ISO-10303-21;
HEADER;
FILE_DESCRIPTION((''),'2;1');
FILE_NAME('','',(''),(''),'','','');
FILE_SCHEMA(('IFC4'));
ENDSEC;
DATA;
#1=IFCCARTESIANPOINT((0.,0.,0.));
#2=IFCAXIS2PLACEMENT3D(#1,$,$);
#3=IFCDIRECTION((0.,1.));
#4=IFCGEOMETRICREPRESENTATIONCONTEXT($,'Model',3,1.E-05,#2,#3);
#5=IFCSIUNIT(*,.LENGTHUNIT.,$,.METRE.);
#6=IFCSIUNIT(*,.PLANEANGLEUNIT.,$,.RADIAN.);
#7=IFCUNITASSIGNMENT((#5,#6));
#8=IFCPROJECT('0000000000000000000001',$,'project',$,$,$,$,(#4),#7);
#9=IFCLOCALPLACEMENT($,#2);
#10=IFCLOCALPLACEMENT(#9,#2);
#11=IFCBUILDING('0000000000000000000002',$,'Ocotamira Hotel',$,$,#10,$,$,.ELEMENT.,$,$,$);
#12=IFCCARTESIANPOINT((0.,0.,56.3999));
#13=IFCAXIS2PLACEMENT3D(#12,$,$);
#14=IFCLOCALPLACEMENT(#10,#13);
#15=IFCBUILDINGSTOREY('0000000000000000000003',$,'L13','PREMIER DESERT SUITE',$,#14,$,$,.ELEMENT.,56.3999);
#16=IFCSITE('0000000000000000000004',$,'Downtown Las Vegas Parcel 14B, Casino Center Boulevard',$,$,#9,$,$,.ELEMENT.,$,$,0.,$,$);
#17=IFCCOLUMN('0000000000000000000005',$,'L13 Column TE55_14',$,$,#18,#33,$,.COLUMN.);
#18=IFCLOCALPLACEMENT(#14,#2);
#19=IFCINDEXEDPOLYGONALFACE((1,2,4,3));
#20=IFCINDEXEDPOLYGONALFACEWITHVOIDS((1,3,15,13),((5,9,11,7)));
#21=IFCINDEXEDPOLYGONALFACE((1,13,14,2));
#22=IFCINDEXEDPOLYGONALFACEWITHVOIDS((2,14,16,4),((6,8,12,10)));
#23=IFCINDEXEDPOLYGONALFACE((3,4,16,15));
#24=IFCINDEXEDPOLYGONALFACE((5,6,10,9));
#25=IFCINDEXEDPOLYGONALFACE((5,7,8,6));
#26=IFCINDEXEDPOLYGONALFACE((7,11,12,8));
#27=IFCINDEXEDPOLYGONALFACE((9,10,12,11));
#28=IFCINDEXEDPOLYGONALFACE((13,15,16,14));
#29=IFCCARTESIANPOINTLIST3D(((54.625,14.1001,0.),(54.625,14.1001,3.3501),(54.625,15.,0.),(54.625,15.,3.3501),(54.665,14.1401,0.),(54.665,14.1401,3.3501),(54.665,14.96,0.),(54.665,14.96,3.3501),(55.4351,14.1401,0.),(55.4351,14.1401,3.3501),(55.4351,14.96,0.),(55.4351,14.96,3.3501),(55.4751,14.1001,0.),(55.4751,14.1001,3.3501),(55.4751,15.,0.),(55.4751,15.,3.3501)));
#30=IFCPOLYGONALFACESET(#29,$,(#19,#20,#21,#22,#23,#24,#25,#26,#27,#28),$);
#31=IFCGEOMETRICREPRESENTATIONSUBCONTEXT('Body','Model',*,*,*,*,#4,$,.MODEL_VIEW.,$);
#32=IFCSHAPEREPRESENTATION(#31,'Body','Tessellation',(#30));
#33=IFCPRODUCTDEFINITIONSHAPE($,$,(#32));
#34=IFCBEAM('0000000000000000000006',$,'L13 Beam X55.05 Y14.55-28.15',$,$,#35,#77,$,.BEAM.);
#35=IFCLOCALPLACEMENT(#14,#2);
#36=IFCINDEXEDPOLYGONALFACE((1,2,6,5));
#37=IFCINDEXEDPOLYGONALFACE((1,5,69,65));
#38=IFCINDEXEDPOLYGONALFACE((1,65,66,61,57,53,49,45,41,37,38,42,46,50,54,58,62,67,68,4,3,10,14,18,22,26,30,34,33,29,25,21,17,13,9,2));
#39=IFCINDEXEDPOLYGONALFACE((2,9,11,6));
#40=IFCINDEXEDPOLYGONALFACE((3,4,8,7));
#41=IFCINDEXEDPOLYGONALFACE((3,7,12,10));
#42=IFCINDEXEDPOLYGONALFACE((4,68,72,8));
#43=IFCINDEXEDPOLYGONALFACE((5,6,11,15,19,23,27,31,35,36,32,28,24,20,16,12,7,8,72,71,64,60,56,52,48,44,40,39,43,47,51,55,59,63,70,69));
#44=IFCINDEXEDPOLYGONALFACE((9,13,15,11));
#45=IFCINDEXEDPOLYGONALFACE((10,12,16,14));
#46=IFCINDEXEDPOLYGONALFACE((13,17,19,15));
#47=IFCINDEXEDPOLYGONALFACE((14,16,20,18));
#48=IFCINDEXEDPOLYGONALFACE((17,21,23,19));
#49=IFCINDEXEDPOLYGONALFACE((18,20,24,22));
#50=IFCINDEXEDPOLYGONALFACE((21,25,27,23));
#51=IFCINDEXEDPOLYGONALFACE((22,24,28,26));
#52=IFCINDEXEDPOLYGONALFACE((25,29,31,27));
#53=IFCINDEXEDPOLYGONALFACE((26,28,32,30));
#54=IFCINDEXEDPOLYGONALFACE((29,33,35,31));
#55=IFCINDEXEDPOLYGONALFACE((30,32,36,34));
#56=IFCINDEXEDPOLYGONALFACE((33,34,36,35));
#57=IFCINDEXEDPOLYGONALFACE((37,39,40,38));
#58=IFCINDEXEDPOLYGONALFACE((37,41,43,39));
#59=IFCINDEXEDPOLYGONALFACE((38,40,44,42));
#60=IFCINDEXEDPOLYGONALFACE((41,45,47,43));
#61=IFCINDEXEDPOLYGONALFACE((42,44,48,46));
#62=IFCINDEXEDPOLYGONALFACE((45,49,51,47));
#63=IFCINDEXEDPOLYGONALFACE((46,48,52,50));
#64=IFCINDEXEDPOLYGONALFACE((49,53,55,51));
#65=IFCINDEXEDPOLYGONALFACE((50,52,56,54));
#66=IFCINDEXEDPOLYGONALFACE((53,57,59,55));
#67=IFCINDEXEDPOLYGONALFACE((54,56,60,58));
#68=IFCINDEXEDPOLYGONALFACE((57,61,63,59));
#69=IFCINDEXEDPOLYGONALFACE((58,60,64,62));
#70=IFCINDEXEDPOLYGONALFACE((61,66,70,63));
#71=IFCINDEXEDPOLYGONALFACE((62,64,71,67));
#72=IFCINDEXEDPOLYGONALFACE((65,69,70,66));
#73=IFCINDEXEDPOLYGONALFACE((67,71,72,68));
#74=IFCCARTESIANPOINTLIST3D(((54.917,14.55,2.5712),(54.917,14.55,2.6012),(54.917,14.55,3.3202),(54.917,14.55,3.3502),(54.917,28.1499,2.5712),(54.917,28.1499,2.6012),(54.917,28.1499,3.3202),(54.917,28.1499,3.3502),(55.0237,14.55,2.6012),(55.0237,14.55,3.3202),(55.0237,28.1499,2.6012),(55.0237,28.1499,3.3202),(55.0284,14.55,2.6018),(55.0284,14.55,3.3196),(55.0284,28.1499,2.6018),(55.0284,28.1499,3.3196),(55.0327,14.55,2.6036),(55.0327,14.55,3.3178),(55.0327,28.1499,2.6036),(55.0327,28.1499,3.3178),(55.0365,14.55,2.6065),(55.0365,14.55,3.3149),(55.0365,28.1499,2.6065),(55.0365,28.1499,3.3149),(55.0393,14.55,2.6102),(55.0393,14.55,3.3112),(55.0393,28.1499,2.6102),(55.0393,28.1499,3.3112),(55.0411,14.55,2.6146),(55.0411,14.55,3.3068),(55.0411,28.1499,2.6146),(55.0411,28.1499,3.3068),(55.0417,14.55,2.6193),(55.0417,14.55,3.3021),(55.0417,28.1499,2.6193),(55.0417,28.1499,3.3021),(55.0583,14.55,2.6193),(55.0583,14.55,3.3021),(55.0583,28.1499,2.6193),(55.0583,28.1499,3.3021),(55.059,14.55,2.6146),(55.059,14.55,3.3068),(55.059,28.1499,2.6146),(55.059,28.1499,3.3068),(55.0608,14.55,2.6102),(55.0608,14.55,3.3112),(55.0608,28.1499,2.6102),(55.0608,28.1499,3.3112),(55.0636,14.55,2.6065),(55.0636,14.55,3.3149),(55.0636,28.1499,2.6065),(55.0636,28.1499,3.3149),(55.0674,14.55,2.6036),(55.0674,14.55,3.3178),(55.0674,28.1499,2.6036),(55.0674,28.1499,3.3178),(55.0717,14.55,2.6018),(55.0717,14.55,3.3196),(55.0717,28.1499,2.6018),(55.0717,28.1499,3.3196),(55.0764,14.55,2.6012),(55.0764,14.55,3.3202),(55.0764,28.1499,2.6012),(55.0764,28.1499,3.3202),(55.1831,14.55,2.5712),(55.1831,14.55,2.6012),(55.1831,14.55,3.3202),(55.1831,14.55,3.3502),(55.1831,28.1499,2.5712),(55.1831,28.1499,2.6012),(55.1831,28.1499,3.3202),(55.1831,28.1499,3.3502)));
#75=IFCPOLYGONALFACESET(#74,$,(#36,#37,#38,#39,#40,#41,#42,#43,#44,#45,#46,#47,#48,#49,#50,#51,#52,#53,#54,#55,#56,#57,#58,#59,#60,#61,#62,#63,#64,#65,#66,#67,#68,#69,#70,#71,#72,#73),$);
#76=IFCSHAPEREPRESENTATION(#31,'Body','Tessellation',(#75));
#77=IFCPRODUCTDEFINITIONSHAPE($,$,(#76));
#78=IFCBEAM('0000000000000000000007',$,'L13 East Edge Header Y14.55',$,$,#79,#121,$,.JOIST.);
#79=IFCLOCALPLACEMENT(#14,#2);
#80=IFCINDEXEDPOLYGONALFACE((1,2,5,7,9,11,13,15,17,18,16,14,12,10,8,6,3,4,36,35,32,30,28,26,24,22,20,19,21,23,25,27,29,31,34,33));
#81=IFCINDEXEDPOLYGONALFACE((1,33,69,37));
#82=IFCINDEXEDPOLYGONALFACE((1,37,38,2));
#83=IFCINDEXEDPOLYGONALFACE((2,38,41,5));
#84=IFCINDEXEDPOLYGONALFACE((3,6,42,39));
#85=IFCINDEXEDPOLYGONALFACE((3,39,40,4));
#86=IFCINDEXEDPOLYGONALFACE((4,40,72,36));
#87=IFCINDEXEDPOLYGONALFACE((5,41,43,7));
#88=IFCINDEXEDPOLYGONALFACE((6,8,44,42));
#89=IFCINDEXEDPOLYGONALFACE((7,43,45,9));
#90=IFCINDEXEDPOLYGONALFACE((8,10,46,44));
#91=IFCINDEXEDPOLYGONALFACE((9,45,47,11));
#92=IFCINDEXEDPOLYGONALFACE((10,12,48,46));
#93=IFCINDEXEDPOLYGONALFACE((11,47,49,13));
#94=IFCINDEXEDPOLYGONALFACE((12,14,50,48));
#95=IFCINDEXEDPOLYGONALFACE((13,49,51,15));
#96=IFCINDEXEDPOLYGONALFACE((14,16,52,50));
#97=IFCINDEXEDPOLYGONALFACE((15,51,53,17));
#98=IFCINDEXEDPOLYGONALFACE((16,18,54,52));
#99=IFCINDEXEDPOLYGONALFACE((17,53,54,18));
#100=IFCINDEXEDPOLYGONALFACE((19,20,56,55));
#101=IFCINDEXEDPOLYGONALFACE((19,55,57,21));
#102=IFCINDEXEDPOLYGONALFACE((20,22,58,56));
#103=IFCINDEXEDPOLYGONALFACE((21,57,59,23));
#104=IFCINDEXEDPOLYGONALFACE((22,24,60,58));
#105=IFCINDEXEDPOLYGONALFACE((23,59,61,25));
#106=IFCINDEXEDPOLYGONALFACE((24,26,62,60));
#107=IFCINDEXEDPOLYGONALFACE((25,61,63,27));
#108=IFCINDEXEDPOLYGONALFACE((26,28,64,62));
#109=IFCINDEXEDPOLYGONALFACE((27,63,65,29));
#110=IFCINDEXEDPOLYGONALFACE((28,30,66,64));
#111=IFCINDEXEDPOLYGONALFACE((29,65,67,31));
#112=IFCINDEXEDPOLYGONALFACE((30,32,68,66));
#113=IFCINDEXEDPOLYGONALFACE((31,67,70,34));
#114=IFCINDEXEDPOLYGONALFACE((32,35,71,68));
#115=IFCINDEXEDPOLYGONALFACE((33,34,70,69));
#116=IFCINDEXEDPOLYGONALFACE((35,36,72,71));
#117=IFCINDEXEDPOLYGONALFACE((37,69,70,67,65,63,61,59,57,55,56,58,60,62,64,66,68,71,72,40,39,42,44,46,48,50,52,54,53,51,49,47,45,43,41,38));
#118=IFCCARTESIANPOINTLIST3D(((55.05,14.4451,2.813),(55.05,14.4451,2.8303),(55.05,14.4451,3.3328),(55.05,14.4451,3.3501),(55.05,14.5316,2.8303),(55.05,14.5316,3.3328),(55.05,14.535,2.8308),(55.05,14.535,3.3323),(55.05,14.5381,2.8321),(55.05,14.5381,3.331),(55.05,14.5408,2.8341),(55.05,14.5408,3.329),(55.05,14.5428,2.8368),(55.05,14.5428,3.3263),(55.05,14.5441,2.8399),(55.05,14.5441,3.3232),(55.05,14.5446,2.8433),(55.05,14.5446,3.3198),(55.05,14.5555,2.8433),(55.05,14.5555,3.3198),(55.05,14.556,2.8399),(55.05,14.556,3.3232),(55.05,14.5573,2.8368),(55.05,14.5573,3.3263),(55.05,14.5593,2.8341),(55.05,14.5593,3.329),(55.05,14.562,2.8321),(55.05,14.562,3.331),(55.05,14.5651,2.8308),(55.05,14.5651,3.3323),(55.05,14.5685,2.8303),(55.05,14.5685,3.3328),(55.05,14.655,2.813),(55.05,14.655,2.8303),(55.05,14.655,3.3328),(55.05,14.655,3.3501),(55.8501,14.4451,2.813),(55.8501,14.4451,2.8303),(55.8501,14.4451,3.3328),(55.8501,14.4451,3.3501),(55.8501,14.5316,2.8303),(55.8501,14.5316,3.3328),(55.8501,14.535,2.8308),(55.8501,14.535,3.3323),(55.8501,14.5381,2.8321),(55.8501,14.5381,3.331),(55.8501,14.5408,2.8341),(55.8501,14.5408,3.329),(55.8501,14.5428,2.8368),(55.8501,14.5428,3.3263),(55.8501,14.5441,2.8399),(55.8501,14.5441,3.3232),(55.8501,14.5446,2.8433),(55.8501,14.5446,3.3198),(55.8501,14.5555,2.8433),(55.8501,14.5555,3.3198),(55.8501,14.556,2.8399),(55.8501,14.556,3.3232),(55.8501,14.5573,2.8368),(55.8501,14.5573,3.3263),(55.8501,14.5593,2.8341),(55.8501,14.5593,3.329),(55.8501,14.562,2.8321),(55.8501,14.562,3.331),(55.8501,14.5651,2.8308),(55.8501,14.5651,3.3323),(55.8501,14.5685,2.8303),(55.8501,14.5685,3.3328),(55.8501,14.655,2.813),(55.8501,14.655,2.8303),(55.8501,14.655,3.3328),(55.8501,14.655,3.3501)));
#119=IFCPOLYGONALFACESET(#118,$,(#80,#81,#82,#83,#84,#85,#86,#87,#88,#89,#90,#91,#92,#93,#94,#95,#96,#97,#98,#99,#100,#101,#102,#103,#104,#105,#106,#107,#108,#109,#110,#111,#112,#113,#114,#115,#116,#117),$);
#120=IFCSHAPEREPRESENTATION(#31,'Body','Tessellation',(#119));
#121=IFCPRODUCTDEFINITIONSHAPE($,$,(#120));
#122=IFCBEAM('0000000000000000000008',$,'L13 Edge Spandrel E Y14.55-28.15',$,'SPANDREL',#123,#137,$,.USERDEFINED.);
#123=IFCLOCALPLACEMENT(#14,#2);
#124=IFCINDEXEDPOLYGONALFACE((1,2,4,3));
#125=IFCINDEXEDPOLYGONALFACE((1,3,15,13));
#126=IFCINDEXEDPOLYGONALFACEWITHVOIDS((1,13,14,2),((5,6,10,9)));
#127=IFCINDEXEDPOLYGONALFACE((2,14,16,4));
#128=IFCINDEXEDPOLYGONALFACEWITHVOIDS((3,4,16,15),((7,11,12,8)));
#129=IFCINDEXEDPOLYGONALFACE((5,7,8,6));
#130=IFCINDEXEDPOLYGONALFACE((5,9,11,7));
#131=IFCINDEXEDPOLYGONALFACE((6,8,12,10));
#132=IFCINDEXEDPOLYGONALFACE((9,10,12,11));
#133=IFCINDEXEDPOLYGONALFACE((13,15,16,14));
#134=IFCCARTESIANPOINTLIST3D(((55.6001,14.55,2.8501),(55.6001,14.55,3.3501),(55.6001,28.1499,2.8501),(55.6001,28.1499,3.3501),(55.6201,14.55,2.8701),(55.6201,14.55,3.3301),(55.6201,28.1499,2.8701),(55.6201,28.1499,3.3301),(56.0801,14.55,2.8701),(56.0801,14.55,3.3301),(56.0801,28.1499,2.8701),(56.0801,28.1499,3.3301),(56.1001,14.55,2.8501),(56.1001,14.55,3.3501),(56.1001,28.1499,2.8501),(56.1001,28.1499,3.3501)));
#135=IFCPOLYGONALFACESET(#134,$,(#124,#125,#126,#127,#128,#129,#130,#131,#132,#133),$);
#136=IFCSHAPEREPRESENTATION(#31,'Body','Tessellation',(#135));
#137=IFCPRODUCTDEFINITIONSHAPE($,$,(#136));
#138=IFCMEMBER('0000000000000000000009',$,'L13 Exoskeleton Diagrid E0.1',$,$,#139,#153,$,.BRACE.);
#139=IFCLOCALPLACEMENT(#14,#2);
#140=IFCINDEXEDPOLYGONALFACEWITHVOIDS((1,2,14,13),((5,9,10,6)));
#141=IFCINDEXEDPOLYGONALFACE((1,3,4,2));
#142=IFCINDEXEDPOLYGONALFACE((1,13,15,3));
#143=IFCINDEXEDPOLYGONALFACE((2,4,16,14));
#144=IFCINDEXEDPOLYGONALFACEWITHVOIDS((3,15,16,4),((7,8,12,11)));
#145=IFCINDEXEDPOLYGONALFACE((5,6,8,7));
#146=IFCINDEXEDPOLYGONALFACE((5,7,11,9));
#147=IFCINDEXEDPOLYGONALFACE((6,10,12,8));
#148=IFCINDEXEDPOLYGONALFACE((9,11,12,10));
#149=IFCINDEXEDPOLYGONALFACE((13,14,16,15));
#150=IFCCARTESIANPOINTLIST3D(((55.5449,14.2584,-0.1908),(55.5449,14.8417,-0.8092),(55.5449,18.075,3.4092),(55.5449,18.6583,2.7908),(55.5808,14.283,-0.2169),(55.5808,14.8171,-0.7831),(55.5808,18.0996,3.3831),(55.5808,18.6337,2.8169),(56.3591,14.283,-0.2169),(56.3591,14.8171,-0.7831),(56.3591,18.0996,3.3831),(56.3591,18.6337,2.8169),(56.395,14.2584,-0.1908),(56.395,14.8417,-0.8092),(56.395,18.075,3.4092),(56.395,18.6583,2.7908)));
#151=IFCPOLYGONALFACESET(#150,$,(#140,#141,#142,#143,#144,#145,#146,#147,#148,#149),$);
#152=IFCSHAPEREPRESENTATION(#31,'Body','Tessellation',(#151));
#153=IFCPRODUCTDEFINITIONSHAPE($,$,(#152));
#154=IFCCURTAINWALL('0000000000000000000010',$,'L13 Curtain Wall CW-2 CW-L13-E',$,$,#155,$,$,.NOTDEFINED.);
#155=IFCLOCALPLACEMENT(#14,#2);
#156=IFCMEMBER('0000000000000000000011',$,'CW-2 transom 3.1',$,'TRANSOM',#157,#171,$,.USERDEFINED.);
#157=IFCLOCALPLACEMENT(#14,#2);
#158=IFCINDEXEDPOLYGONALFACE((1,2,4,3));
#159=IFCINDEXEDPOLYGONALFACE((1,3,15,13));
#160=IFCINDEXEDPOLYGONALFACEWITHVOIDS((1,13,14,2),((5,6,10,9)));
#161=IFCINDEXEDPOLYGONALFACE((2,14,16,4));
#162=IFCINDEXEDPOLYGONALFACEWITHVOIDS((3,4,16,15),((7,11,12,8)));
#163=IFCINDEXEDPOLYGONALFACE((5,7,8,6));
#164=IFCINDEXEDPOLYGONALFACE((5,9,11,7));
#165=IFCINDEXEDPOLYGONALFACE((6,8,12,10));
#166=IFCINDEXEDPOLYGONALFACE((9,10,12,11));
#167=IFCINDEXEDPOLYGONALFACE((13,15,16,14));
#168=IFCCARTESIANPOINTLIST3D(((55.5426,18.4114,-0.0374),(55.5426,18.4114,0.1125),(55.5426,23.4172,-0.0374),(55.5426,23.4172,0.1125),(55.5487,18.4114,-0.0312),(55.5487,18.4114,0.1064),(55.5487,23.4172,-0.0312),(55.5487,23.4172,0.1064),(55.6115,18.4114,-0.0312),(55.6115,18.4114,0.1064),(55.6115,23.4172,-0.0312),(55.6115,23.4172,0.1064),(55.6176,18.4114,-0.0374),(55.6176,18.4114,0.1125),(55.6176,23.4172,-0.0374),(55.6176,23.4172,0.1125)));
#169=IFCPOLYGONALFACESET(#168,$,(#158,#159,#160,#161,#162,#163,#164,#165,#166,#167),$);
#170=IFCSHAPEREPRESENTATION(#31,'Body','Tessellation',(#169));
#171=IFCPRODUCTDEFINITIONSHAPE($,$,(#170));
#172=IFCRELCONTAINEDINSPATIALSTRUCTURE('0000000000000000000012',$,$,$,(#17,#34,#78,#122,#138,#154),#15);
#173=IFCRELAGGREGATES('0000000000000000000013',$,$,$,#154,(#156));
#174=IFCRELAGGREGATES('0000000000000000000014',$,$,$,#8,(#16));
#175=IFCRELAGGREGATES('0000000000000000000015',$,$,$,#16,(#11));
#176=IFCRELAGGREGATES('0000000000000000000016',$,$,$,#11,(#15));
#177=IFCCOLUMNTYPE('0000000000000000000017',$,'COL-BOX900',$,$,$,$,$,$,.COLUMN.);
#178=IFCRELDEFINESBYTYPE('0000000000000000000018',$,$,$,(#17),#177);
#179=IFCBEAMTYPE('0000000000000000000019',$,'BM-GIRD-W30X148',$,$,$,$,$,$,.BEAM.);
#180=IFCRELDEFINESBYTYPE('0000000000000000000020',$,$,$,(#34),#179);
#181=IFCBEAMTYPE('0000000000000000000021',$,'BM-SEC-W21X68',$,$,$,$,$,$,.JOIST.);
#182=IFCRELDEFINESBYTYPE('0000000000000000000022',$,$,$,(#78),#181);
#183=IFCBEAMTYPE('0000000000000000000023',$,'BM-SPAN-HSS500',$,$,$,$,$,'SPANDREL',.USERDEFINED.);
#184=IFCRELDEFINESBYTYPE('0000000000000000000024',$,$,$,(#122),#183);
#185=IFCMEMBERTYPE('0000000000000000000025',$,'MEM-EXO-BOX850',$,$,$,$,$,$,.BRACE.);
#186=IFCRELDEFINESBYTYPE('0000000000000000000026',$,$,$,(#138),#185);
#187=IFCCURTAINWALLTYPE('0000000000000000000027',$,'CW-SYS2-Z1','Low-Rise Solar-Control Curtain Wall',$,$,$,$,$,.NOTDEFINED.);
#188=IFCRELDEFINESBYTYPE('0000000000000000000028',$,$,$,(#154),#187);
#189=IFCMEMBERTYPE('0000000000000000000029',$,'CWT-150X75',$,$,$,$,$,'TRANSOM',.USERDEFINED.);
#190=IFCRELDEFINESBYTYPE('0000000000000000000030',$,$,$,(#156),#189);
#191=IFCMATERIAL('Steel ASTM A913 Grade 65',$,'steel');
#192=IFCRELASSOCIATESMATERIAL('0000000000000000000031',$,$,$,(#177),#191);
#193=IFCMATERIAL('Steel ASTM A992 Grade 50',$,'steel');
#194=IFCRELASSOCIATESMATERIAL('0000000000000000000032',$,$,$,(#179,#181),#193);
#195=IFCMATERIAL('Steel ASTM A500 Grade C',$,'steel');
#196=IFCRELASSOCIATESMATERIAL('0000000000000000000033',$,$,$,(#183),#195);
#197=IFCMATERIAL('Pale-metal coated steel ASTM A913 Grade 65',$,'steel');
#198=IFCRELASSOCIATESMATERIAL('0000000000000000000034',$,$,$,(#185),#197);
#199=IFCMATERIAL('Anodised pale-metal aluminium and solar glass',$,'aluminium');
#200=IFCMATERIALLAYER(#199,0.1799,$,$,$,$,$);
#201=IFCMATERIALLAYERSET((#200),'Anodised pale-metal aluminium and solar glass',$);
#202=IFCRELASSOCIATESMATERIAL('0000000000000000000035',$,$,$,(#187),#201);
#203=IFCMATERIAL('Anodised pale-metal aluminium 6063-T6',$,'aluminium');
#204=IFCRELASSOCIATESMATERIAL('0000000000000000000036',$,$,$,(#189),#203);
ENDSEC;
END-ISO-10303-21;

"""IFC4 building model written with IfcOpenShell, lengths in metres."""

from ifc_helpers import new_model, si_unit, direction, frame, origin, origin_2d, place, context, subcontext, project, spatial, hollow_rectangle, i_section, extrude, source, transform, mapped, material, layer, layer_set, material_profile, profile_set, type_object, element, aggregate, save


model = new_model("IFC4")

# Units and contexts
model_context = context("Model", 3, precision=1e-05, world=origin(), true_north=direction((0.0, 1.0)))
body_context = subcontext(model_context, "Body", "Model", "MODEL_VIEW")
ifc_project = project(units=[si_unit("LENGTHUNIT", "METRE"), si_unit("PLANEANGLEUNIT", "RADIAN")], contexts=[model_context])

# Site, building, storey
site_placement = place(None, origin())
site = spatial("IfcSite", under=ifc_project, at=site_placement, Name="Downtown Las Vegas Parcel 14B, Casino Center Boulevard", CompositionType="ELEMENT", RefElevation=0.0)
building_placement = place(site_placement, origin())
building = spatial("IfcBuilding", under=site, at=building_placement, Name="Ocotamira Hotel", CompositionType="ELEMENT")
storey_placement = place(building_placement, frame((0.0, 0.0, 56.3999)))
storey = spatial("IfcBuildingStorey", under=building, at=storey_placement, Name="L13", Description="PREMIER DESERT SUITE", CompositionType="ELEMENT", Elevation=56.3999)

# Column
ifc_material_1 = material(Name="Steel ASTM A913 Grade 65", Category="steel")
ifc_material_profile_1 = material_profile(ifc_material_1, hollow_rectangle(XDim=0.8501, YDim=0.8999, WallThickness=0.04, at=origin_2d()), Name="BOX900X850X40")
ifc_profile_set_1 = profile_set([ifc_material_profile_1], Name="Steel ASTM A913 Grade 65")
column_type = type_object("IfcColumnType", Name="COL-BOX900", PredefinedType="COLUMN", material=ifc_profile_set_1)
shared_shape_1 = source(origin(), body_context, "Body", "SweptSolid", [
    extrude(hollow_rectangle(XDim=0.8501, YDim=0.8999, WallThickness=0.04, at=origin_2d()), origin(), (0.0, 0.0, 1.0), 3.3501),
])
column_placement = place(storey_placement, frame((55.05, 14.55, 0.0), z_axis=(0.0, 0.0, 1.0), x_axis=(1.0, 0.0, 0.0)))
element("IfcColumn", 1, at=column_placement, inside=storey, type_object=column_type, Name="L13 Column TE55_14", PredefinedType="COLUMN", context=body_context, shape_type="MappedRepresentation", body=[
    mapped(shared_shape_1, transform((0.0, 0.0, 0.0), scale=1.0)),
])

# Beams
ifc_material_2 = material(Name="Steel ASTM A992 Grade 50", Category="steel")
ifc_material_profile_2 = material_profile(ifc_material_2, i_section(OverallWidth=0.2661, OverallDepth=0.7791, WebThickness=0.0166, FlangeThickness=0.03, FilletRadius=0.0181, at=origin_2d()), Name="W30X148")
ifc_profile_set_2 = profile_set([ifc_material_profile_2], Name="Steel ASTM A992 Grade 50")
beam_type_1 = type_object("IfcBeamType", Name="BM-GIRD-W30X148", PredefinedType="BEAM", material=ifc_profile_set_2)
shared_shape_2 = source(origin(), body_context, "Body", "SweptSolid", [
    extrude(i_section(OverallWidth=0.2661, OverallDepth=0.7791, WebThickness=0.0166, FlangeThickness=0.03, FilletRadius=0.0181, at=origin_2d()), origin(), (0.0, 0.0, 1.0), 13.5999),
])
beam_1_placement = place(storey_placement, frame((55.05, 14.55, 2.9607), z_axis=(0.0, 1.0, 0.0), x_axis=(-1.0, 0.0, 0.0)))
element("IfcBeam", 2, at=beam_1_placement, inside=storey, type_object=beam_type_1, Name="L13 Beam X55.05 Y14.55-28.15", PredefinedType="BEAM", context=body_context, shape_type="MappedRepresentation", body=[
    mapped(shared_shape_2, transform((0.0, 0.0, 0.0), scale=1.0)),
])
ifc_material_profile_3 = material_profile(ifc_material_2, i_section(OverallWidth=0.21, OverallDepth=0.5371, WebThickness=0.011, FlangeThickness=0.0173, FilletRadius=0.0129, at=origin_2d()), Name="W21X68")
ifc_profile_set_3 = profile_set([ifc_material_profile_3], Name="Steel ASTM A992 Grade 50")
beam_type_2 = type_object("IfcBeamType", Name="BM-SEC-W21X68", PredefinedType="JOIST", material=ifc_profile_set_3)
shared_shape_3 = source(origin(), body_context, "Body", "SweptSolid", [
    extrude(i_section(OverallWidth=0.21, OverallDepth=0.5371, WebThickness=0.011, FlangeThickness=0.0173, FilletRadius=0.0129, at=origin_2d()), origin(), (0.0, 0.0, 1.0), 0.8),
])
beam_2_placement = place(storey_placement, frame((55.05, 14.55, 3.0815), z_axis=(1.0, 0.0, 0.0), x_axis=(0.0, 1.0, 0.0)))
element("IfcBeam", 3, at=beam_2_placement, inside=storey, type_object=beam_type_2, Name="L13 East Edge Header Y14.55", PredefinedType="JOIST", context=body_context, shape_type="MappedRepresentation", body=[
    mapped(shared_shape_3, transform((0.0, 0.0, 0.0), scale=1.0)),
])
ifc_material_3 = material(Name="Steel ASTM A500 Grade C", Category="steel")
ifc_material_profile_4 = material_profile(ifc_material_3, hollow_rectangle(XDim=0.5, YDim=0.5, WallThickness=0.02, at=origin_2d()), Name="HSS500X500X20")
ifc_profile_set_4 = profile_set([ifc_material_profile_4], Name="Steel ASTM A500 Grade C")
beam_type_3 = type_object("IfcBeamType", Name="BM-SPAN-HSS500", ElementType="SPANDREL", PredefinedType="USERDEFINED", material=ifc_profile_set_4)
shared_shape_4 = source(origin(), body_context, "Body", "SweptSolid", [
    extrude(hollow_rectangle(XDim=0.5, YDim=0.5, WallThickness=0.02, at=origin_2d()), origin(), (0.0, 0.0, 1.0), 13.5999),
])
beam_3_placement = place(storey_placement, frame((55.8501, 14.55, 3.1001), z_axis=(0.0, 1.0, 0.0), x_axis=(-1.0, 0.0, 0.0)))
element("IfcBeam", 4, at=beam_3_placement, inside=storey, type_object=beam_type_3, Name="L13 Edge Spandrel E Y14.55-28.15", ObjectType="SPANDREL", PredefinedType="USERDEFINED", context=body_context, shape_type="MappedRepresentation", body=[
    mapped(shared_shape_4, transform((0.0, 0.0, 0.0), scale=1.0)),
])

# Member
ifc_material_4 = material(Name="Pale-metal coated steel ASTM A913 Grade 65", Category="steel")
ifc_material_profile_5 = material_profile(ifc_material_4, hollow_rectangle(XDim=0.8501, YDim=0.8501, WallThickness=0.0359, at=origin_2d()), Name="BOX850X850X36")
ifc_profile_set_5 = profile_set([ifc_material_profile_5], Name="Pale-metal coated steel ASTM A913 Grade 65")
member_type_1 = type_object("IfcMemberType", Name="MEM-EXO-BOX850", PredefinedType="BRACE", material=ifc_profile_set_5)
shared_shape_5 = source(origin(), body_context, "Body", "SweptSolid", [
    extrude(hollow_rectangle(XDim=0.8501, YDim=0.8501, WallThickness=0.0359, at=origin_2d()), origin(), (0.0, 0.0, 1.0), 5.2466),
])
member_1_placement = place(storey_placement, frame((55.97, 14.55, -0.5), z_axis=(0.0, 0.727443, 0.686168), x_axis=(-1.0, 0.0, 0.0)))
element("IfcMember", 5, at=member_1_placement, inside=storey, type_object=member_type_1, Name="L13 Exoskeleton Diagrid E0.1", PredefinedType="BRACE", context=body_context, shape_type="MappedRepresentation", body=[
    mapped(shared_shape_5, transform((0.0, 0.0, 0.0), scale=1.0)),
])

# Curtain wall, member
ifc_material_5 = material(Name="Anodised pale-metal aluminium and solar glass", Category="aluminium")
ifc_layer_1 = layer(ifc_material_5, 0.1799)
ifc_layer_set_1 = layer_set([ifc_layer_1], Name="Anodised pale-metal aluminium and solar glass")
curtain_wall_type = type_object("IfcCurtainWallType", Name="CW-SYS2-Z1", Description="Low-Rise Solar-Control Curtain Wall", PredefinedType="NOTDEFINED", material=ifc_layer_set_1)
curtain_wall_placement = place(storey_placement, origin())
curtain_wall = element("IfcCurtainWall", 6, at=curtain_wall_placement, inside=storey, type_object=curtain_wall_type, Name="L13 Curtain Wall CW-2 CW-L13-E", PredefinedType="NOTDEFINED")
ifc_material_6 = material(Name="Anodised pale-metal aluminium 6063-T6", Category="aluminium")
ifc_material_profile_6 = material_profile(ifc_material_6, hollow_rectangle(XDim=0.075, YDim=0.1499, WallThickness=0.0061, at=origin_2d()), Name="HSS150X75X6")
ifc_profile_set_6 = profile_set([ifc_material_profile_6], Name="Anodised pale-metal aluminium 6063-T6")
member_type_2 = type_object("IfcMemberType", Name="CWT-150X75", ElementType="TRANSOM", PredefinedType="USERDEFINED", material=ifc_profile_set_6)
shared_shape_6 = source(origin(), body_context, "Body", "SweptSolid", [
    extrude(hollow_rectangle(XDim=0.075, YDim=0.1499, WallThickness=0.0061, at=origin_2d()), origin(), (0.0, 0.0, 1.0), 5.0059),
])
member_2_placement = place(storey_placement, frame((55.5801, 18.4114, 0.0376), z_axis=(0.0, 1.0, 0.0), x_axis=(-1.0, 0.0, 0.0)))
member_2 = element("IfcMember", 7, at=member_2_placement, type_object=member_type_2, Name="CW-2 transom 3.1", ObjectType="TRANSOM", PredefinedType="USERDEFINED", context=body_context, shape_type="MappedRepresentation", body=[
    mapped(shared_shape_6, transform((0.0, 0.0, 0.0), scale=1.0)),
])

aggregate(curtain_wall, [member_2])

save(model, "model.ifc")
